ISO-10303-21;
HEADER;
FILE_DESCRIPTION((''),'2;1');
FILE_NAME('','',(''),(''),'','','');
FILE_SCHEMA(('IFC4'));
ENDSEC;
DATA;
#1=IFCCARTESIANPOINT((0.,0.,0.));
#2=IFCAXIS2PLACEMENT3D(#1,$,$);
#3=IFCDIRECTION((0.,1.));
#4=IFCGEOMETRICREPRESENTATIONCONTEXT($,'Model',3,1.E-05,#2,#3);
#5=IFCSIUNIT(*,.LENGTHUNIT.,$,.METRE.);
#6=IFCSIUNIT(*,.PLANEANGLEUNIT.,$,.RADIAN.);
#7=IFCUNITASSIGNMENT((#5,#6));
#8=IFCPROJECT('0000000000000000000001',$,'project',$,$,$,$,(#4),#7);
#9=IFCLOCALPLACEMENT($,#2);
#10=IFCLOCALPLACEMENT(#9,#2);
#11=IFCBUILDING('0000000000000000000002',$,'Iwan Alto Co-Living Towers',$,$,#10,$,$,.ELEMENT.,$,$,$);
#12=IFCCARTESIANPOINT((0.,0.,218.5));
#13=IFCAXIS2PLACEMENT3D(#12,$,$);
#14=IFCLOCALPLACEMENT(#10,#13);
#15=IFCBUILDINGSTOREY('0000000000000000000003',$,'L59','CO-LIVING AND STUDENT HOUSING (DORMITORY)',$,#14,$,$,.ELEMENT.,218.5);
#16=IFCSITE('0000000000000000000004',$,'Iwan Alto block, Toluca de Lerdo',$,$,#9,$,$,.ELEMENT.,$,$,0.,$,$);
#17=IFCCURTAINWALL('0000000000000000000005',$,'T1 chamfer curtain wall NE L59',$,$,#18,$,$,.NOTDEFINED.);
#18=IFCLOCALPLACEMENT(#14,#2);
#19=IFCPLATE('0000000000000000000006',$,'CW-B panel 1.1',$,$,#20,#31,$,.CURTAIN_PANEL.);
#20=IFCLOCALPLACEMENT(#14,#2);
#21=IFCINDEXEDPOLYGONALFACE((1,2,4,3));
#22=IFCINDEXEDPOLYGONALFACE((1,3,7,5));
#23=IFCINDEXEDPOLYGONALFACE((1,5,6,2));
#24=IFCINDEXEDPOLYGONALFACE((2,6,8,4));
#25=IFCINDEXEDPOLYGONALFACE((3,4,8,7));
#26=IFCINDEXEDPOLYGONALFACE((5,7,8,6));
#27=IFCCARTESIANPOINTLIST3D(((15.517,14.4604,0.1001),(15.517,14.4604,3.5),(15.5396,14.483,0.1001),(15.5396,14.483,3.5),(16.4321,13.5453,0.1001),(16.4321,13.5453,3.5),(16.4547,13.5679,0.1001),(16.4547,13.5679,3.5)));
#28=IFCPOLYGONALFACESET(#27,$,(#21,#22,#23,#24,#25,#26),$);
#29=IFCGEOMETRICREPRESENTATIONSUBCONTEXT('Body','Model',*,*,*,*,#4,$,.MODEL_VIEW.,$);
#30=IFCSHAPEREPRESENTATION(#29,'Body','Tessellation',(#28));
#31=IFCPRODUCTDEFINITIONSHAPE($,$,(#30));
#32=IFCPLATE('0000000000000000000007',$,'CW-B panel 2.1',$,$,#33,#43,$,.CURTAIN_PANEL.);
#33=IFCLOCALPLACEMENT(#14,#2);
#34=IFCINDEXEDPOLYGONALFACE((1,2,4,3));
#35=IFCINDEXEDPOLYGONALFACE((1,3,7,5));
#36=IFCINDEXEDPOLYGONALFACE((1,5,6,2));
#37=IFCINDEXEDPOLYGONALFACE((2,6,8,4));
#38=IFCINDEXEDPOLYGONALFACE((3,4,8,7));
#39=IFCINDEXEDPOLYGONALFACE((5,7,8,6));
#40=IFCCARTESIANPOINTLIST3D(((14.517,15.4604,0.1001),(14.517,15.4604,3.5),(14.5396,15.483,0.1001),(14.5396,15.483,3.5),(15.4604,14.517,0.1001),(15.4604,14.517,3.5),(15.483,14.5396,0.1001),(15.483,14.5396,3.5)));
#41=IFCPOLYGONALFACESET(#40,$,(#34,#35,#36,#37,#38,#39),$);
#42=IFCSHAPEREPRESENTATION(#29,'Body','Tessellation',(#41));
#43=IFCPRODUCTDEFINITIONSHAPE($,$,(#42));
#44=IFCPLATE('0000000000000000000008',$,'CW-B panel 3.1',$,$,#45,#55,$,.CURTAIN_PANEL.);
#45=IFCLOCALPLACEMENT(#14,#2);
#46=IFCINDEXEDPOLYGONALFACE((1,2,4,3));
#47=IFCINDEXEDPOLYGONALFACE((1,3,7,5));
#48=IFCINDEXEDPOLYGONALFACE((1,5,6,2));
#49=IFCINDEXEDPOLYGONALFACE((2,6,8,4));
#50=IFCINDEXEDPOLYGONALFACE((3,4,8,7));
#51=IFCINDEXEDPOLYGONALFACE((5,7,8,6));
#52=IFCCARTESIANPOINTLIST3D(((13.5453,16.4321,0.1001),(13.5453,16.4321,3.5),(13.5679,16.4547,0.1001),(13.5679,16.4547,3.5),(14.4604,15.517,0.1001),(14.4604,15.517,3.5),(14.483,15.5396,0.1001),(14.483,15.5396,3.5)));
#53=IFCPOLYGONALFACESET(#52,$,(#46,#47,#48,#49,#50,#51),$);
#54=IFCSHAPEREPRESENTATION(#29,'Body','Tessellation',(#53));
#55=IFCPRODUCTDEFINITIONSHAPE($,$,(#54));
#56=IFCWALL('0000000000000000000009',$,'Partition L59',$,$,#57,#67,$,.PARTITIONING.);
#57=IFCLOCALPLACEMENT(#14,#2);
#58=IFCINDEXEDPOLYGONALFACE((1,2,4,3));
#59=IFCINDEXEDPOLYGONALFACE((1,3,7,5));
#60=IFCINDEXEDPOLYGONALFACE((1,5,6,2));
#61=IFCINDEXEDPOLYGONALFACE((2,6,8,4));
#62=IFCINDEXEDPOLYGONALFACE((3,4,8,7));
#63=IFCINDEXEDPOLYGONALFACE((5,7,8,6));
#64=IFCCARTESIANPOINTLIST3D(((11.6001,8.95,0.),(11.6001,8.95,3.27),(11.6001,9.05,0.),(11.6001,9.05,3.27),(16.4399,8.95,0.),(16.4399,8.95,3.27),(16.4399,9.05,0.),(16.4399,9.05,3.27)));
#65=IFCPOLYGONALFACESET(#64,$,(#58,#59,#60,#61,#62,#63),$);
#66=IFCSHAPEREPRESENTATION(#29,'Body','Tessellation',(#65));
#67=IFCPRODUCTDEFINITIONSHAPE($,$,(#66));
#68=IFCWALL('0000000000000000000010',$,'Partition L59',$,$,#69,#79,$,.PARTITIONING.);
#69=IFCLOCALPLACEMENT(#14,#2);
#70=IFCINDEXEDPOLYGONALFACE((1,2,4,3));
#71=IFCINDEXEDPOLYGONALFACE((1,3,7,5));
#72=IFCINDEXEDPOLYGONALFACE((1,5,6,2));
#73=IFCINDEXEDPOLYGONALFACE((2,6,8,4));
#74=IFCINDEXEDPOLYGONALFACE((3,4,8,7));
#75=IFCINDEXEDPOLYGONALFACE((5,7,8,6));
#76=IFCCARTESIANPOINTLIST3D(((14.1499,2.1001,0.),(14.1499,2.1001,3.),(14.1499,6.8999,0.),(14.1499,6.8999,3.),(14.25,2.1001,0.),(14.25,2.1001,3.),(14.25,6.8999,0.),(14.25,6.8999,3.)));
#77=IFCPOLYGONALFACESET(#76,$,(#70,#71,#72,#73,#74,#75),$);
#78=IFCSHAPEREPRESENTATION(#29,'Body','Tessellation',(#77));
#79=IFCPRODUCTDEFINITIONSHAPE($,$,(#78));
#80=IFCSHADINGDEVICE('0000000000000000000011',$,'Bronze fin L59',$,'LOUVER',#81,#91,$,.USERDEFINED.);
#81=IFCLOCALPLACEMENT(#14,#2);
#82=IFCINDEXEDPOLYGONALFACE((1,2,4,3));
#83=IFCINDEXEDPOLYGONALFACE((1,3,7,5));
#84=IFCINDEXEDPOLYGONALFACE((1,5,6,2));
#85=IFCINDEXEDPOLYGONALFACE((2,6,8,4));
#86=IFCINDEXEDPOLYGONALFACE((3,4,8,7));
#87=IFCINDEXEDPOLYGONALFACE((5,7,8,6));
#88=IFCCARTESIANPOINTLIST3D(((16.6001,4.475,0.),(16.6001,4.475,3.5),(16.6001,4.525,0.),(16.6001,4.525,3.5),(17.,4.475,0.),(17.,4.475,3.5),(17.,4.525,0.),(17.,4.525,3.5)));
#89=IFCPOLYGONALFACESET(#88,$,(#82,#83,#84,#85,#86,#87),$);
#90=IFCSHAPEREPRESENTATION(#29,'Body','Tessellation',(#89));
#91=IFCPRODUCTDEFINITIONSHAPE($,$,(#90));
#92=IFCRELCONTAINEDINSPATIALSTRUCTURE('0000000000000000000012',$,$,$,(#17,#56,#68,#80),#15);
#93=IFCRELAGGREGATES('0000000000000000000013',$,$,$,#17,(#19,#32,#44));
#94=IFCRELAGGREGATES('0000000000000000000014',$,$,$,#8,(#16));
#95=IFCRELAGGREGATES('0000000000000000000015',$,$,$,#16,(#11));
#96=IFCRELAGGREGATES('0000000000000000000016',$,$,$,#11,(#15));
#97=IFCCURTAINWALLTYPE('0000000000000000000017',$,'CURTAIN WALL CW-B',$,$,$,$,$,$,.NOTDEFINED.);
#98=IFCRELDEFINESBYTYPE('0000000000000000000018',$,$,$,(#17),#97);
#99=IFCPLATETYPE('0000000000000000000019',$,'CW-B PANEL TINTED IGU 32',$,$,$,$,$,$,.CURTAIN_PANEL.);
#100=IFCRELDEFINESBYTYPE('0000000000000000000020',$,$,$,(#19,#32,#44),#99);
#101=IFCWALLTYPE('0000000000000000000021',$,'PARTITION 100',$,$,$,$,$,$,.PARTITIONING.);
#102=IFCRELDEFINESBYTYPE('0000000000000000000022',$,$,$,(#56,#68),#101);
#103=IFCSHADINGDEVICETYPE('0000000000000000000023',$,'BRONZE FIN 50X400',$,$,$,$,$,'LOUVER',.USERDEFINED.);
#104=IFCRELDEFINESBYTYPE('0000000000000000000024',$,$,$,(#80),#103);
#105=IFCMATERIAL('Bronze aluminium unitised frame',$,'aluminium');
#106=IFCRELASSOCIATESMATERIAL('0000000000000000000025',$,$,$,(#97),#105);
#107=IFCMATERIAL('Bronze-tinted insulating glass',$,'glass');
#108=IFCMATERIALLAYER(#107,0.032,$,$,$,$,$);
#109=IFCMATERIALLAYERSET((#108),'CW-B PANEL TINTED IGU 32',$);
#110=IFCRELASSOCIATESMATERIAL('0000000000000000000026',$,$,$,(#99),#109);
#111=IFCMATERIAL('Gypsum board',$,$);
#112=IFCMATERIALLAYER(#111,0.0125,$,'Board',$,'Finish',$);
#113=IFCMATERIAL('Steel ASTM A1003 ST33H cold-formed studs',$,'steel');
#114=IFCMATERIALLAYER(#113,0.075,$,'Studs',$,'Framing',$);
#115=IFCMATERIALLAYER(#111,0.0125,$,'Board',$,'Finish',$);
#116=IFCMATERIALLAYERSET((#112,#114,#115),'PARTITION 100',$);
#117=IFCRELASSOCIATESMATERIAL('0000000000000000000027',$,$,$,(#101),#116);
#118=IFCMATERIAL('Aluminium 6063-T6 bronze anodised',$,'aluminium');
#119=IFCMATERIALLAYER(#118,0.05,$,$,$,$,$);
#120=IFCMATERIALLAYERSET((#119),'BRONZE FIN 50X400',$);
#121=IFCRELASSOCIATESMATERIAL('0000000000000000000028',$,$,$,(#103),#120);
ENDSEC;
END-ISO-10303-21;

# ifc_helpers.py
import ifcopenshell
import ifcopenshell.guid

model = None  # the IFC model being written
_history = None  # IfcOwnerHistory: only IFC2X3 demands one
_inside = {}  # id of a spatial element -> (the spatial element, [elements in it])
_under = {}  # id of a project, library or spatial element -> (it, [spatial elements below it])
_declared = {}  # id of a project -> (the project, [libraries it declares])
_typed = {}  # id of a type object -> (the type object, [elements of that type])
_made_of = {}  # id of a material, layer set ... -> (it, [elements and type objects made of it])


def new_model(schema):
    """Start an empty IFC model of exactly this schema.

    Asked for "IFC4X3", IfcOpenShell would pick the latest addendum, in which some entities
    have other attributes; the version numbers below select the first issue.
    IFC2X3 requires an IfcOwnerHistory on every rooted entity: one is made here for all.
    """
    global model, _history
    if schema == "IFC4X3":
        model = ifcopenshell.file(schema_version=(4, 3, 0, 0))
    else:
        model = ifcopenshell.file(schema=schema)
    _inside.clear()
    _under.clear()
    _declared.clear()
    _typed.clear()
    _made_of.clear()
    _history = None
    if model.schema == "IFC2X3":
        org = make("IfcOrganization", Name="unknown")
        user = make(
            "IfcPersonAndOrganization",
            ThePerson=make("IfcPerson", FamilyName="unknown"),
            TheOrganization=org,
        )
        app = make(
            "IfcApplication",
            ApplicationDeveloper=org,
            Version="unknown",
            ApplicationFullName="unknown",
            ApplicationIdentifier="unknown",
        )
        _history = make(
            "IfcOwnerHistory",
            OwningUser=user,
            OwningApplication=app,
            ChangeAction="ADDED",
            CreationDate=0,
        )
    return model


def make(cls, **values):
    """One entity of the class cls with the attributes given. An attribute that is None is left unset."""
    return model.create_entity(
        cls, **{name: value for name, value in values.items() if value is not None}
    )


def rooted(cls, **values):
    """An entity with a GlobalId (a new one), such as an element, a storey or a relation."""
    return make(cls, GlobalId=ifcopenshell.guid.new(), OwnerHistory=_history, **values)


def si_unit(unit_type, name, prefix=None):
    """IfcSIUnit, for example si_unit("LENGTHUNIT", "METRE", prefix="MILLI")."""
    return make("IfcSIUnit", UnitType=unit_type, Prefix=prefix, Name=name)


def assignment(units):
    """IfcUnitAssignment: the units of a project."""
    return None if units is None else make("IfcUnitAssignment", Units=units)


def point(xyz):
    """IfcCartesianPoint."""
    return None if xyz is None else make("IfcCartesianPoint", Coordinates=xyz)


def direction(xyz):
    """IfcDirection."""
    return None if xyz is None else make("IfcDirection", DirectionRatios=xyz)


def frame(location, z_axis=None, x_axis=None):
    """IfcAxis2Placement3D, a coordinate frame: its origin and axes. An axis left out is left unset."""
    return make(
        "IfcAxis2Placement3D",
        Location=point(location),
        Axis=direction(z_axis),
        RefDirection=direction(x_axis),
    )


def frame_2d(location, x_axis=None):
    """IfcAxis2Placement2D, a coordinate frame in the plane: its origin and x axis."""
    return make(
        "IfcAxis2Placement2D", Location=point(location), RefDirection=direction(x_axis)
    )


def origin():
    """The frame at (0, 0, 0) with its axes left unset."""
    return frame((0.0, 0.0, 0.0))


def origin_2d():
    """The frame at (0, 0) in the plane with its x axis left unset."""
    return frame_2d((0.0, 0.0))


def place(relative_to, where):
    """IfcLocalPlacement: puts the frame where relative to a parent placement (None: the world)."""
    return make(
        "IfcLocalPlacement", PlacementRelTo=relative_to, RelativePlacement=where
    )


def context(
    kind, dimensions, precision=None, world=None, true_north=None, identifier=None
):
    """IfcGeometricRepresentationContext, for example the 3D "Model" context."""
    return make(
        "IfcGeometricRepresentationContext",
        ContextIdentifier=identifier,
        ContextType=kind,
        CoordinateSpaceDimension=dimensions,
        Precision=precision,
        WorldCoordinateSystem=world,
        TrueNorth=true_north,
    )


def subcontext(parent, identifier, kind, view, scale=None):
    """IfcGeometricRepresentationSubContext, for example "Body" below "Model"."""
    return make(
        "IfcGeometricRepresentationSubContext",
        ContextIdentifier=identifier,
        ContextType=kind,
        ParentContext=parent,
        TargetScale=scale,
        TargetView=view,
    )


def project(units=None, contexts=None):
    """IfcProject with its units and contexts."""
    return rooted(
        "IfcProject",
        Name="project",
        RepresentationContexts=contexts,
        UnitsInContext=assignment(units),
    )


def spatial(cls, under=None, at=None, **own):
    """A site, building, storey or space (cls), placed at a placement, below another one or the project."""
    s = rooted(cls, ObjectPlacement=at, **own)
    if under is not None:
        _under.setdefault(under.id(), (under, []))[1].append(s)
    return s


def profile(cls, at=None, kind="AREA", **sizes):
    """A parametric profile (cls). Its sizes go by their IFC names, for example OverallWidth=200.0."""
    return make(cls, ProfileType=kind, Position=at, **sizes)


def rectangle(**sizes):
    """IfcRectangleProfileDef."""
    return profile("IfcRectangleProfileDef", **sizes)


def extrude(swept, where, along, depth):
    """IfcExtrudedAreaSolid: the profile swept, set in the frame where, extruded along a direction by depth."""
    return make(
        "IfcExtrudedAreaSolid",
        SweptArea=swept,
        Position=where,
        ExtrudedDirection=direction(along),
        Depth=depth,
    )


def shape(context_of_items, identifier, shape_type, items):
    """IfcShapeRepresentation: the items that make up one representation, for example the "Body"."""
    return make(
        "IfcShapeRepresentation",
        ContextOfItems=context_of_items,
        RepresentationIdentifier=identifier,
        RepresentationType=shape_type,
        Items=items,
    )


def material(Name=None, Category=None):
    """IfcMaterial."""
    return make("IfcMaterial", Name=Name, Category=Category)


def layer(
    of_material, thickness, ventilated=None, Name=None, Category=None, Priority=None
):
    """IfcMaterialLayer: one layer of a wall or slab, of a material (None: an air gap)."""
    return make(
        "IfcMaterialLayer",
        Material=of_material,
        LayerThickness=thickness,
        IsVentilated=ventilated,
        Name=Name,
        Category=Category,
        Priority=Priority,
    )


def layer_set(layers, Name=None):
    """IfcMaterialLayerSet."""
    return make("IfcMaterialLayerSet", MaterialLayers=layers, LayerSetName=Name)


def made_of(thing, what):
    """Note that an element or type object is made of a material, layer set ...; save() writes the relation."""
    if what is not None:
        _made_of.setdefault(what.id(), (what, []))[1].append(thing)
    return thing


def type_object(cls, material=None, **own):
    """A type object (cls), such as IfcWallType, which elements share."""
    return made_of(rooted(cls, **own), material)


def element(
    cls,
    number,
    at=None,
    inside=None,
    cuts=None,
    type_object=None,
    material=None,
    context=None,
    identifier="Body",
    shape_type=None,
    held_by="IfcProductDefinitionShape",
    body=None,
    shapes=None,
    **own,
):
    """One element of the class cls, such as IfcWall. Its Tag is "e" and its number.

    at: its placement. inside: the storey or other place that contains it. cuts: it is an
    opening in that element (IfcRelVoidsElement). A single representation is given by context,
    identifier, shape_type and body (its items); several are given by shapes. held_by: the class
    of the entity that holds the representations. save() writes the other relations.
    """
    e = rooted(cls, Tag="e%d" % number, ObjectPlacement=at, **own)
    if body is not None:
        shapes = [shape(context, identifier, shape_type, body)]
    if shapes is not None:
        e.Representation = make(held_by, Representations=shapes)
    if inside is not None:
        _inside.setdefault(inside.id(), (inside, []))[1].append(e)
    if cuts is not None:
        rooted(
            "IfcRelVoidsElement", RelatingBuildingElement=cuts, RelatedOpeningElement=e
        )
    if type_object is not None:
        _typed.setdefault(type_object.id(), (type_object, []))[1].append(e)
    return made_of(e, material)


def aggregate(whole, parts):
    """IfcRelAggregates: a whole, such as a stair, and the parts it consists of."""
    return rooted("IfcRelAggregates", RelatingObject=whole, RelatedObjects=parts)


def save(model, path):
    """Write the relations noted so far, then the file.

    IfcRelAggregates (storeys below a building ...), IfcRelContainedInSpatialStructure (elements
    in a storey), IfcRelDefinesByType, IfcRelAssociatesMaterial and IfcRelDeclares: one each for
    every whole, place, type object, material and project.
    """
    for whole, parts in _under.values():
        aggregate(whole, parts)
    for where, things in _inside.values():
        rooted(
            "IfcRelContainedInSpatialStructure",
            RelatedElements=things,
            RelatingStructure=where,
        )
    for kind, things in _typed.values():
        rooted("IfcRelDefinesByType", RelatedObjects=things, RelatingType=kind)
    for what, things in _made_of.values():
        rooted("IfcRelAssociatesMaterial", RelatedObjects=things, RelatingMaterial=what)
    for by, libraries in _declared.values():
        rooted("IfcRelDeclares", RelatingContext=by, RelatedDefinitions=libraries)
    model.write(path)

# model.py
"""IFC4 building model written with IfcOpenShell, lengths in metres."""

from ifc_helpers import new_model, si_unit, direction, frame, frame_2d, origin, origin_2d, place, context, subcontext, project, spatial, rectangle, extrude, material, layer, layer_set, type_object, element, aggregate, save


model = new_model("IFC4")

# Units and contexts
model_context = context("Model", 3, precision=1e-05, world=origin(), true_north=direction((0.0, 1.0)))
body_context = subcontext(model_context, "Body", "Model", "MODEL_VIEW")
ifc_project = project(units=[si_unit("LENGTHUNIT", "METRE"), si_unit("PLANEANGLEUNIT", "RADIAN")], contexts=[model_context])

# Site, building, storey
site_placement = place(None, origin())
site = spatial("IfcSite", under=ifc_project, at=site_placement, Name="Iwan Alto block, Toluca de Lerdo", CompositionType="ELEMENT", RefElevation=0.0)
building_placement = place(site_placement, origin())
building = spatial("IfcBuilding", under=site, at=building_placement, Name="Iwan Alto Co-Living Towers", CompositionType="ELEMENT")
storey_placement = place(building_placement, frame((0.0, 0.0, 218.5)))
storey = spatial("IfcBuildingStorey", under=building, at=storey_placement, Name="L59", Description="CO-LIVING AND STUDENT HOUSING (DORMITORY)", CompositionType="ELEMENT", Elevation=218.5)

# Curtain wall
ifc_material_1 = material(Name="Bronze aluminium unitised frame", Category="aluminium")
curtain_wall_type_1 = type_object("IfcCurtainWallType", Name="CURTAIN WALL CW-B", PredefinedType="NOTDEFINED", material=ifc_material_1)
curtain_wall_1_placement = place(storey_placement, origin())
curtain_wall_1 = element("IfcCurtainWall", 1, at=curtain_wall_1_placement, inside=storey, type_object=curtain_wall_type_1, Name="T1 chamfer curtain wall NE L59", PredefinedType="NOTDEFINED")

# Plates
ifc_material_2 = material(Name="Bronze-tinted insulating glass", Category="glass")
ifc_layer_1 = layer(ifc_material_2, 0.032)
ifc_layer_set_1 = layer_set([ifc_layer_1], Name="CW-B PANEL TINTED IGU 32")
plate_type_1 = type_object("IfcPlateType", Name="CW-B PANEL TINTED IGU 32", PredefinedType="CURTAIN_PANEL", material=ifc_layer_set_1)
plate_1_placement = place(storey_placement, frame((15.9858, 14.0142, 0.1001), z_axis=(0.0, 0.0, 1.0), x_axis=(-0.707107, 0.707107, 0.0)))
plate_1 = element("IfcPlate", 2, at=plate_1_placement, type_object=plate_type_1, Name="CW-B panel 1.1", PredefinedType="CURTAIN_PANEL", context=body_context, shape_type="SweptSolid", body=[
    extrude(rectangle(XDim=1.2942, YDim=0.032, at=origin_2d()), origin(), (0.0, 0.0, 1.0), 3.3999),
])
plate_2_placement = place(storey_placement, frame((15.0, 15.0, 0.1001), z_axis=(0.0, 0.0, 1.0), x_axis=(-0.707107, 0.707107, 0.0)))
plate_2 = element("IfcPlate", 3, at=plate_2_placement, type_object=plate_type_1, Name="CW-B panel 2.1", PredefinedType="CURTAIN_PANEL", context=body_context, shape_type="SweptSolid", body=[
    extrude(rectangle(XDim=1.3342, YDim=0.032, at=origin_2d()), origin(), (0.0, 0.0, 1.0), 3.3999),
])
plate_3_placement = place(storey_placement, frame((14.0142, 15.9858, 0.1001), z_axis=(0.0, 0.0, 1.0), x_axis=(-0.707107, 0.707107, 0.0)))
plate_3 = element("IfcPlate", 4, at=plate_3_placement, type_object=plate_type_1, Name="CW-B panel 3.1", PredefinedType="CURTAIN_PANEL", context=body_context, shape_type="SweptSolid", body=[
    extrude(rectangle(XDim=1.2942, YDim=0.032, at=origin_2d()), origin(), (0.0, 0.0, 1.0), 3.3999),
])
aggregate(curtain_wall_1, [plate_1, plate_2, plate_3])

# Walls
ifc_material_3 = material(Name="Gypsum board")
ifc_layer_2 = layer(ifc_material_3, 0.0125, Name="Board", Category="Finish")
ifc_material_4 = material(Name="Steel ASTM A1003 ST33H cold-formed studs", Category="steel")
ifc_layer_3 = layer(ifc_material_4, 0.075, Name="Studs", Category="Framing")
ifc_layer_4 = layer(ifc_material_3, 0.0125, Name="Board", Category="Finish")
ifc_layer_set_2 = layer_set([ifc_layer_2, ifc_layer_3, ifc_layer_4], Name="PARTITION 100")
wall_type = type_object("IfcWallType", Name="PARTITION 100", PredefinedType="PARTITIONING", material=ifc_layer_set_2)
wall_1_placement = place(storey_placement, frame((11.6001, 9.0, 0.0), z_axis=(0.0, 0.0, 1.0), x_axis=(1.0, 0.0, 0.0)))
element("IfcWall", 5, at=wall_1_placement, inside=storey, type_object=wall_type, Name="Partition L59", PredefinedType="PARTITIONING", context=body_context, shape_type="SweptSolid", body=[
    extrude(rectangle(XDim=4.8398, YDim=0.1001, at=frame_2d((2.4199, 0.0))), origin(), (0.0, 0.0, 1.0), 3.27),
])
wall_2_placement = place(storey_placement, frame((14.2, 2.1001, 0.0), z_axis=(0.0, 0.0, 1.0), x_axis=(0.0, 1.0, 0.0)))
element("IfcWall", 6, at=wall_2_placement, inside=storey, type_object=wall_type, Name="Partition L59", PredefinedType="PARTITIONING", context=body_context, shape_type="SweptSolid", body=[
    extrude(rectangle(XDim=4.7998, YDim=0.1001, at=frame_2d((2.3999, 0.0))), origin(), (0.0, 0.0, 1.0), 3.0),
])

# Shading device
ifc_material_5 = material(Name="Aluminium 6063-T6 bronze anodised", Category="aluminium")
ifc_layer_5 = layer(ifc_material_5, 0.05)
ifc_layer_set_3 = layer_set([ifc_layer_5], Name="BRONZE FIN 50X400")
shading_device_type = type_object("IfcShadingDeviceType", Name="BRONZE FIN 50X400", ElementType="LOUVER", PredefinedType="USERDEFINED", material=ifc_layer_set_3)
shading_device_placement = place(storey_placement, frame((16.8, 4.5, 0.0), z_axis=(0.0, 0.0, 1.0), x_axis=(0.0, 1.0, 0.0)))
element("IfcShadingDevice", 7, at=shading_device_placement, inside=storey, type_object=shading_device_type, Name="Bronze fin L59", ObjectType="LOUVER", PredefinedType="USERDEFINED", context=body_context, shape_type="SweptSolid", body=[
    extrude(rectangle(XDim=0.05, YDim=0.3999, at=origin_2d()), origin(), (0.0, 0.0, 1.0), 3.5),
])

save(model, "model.ifc")
